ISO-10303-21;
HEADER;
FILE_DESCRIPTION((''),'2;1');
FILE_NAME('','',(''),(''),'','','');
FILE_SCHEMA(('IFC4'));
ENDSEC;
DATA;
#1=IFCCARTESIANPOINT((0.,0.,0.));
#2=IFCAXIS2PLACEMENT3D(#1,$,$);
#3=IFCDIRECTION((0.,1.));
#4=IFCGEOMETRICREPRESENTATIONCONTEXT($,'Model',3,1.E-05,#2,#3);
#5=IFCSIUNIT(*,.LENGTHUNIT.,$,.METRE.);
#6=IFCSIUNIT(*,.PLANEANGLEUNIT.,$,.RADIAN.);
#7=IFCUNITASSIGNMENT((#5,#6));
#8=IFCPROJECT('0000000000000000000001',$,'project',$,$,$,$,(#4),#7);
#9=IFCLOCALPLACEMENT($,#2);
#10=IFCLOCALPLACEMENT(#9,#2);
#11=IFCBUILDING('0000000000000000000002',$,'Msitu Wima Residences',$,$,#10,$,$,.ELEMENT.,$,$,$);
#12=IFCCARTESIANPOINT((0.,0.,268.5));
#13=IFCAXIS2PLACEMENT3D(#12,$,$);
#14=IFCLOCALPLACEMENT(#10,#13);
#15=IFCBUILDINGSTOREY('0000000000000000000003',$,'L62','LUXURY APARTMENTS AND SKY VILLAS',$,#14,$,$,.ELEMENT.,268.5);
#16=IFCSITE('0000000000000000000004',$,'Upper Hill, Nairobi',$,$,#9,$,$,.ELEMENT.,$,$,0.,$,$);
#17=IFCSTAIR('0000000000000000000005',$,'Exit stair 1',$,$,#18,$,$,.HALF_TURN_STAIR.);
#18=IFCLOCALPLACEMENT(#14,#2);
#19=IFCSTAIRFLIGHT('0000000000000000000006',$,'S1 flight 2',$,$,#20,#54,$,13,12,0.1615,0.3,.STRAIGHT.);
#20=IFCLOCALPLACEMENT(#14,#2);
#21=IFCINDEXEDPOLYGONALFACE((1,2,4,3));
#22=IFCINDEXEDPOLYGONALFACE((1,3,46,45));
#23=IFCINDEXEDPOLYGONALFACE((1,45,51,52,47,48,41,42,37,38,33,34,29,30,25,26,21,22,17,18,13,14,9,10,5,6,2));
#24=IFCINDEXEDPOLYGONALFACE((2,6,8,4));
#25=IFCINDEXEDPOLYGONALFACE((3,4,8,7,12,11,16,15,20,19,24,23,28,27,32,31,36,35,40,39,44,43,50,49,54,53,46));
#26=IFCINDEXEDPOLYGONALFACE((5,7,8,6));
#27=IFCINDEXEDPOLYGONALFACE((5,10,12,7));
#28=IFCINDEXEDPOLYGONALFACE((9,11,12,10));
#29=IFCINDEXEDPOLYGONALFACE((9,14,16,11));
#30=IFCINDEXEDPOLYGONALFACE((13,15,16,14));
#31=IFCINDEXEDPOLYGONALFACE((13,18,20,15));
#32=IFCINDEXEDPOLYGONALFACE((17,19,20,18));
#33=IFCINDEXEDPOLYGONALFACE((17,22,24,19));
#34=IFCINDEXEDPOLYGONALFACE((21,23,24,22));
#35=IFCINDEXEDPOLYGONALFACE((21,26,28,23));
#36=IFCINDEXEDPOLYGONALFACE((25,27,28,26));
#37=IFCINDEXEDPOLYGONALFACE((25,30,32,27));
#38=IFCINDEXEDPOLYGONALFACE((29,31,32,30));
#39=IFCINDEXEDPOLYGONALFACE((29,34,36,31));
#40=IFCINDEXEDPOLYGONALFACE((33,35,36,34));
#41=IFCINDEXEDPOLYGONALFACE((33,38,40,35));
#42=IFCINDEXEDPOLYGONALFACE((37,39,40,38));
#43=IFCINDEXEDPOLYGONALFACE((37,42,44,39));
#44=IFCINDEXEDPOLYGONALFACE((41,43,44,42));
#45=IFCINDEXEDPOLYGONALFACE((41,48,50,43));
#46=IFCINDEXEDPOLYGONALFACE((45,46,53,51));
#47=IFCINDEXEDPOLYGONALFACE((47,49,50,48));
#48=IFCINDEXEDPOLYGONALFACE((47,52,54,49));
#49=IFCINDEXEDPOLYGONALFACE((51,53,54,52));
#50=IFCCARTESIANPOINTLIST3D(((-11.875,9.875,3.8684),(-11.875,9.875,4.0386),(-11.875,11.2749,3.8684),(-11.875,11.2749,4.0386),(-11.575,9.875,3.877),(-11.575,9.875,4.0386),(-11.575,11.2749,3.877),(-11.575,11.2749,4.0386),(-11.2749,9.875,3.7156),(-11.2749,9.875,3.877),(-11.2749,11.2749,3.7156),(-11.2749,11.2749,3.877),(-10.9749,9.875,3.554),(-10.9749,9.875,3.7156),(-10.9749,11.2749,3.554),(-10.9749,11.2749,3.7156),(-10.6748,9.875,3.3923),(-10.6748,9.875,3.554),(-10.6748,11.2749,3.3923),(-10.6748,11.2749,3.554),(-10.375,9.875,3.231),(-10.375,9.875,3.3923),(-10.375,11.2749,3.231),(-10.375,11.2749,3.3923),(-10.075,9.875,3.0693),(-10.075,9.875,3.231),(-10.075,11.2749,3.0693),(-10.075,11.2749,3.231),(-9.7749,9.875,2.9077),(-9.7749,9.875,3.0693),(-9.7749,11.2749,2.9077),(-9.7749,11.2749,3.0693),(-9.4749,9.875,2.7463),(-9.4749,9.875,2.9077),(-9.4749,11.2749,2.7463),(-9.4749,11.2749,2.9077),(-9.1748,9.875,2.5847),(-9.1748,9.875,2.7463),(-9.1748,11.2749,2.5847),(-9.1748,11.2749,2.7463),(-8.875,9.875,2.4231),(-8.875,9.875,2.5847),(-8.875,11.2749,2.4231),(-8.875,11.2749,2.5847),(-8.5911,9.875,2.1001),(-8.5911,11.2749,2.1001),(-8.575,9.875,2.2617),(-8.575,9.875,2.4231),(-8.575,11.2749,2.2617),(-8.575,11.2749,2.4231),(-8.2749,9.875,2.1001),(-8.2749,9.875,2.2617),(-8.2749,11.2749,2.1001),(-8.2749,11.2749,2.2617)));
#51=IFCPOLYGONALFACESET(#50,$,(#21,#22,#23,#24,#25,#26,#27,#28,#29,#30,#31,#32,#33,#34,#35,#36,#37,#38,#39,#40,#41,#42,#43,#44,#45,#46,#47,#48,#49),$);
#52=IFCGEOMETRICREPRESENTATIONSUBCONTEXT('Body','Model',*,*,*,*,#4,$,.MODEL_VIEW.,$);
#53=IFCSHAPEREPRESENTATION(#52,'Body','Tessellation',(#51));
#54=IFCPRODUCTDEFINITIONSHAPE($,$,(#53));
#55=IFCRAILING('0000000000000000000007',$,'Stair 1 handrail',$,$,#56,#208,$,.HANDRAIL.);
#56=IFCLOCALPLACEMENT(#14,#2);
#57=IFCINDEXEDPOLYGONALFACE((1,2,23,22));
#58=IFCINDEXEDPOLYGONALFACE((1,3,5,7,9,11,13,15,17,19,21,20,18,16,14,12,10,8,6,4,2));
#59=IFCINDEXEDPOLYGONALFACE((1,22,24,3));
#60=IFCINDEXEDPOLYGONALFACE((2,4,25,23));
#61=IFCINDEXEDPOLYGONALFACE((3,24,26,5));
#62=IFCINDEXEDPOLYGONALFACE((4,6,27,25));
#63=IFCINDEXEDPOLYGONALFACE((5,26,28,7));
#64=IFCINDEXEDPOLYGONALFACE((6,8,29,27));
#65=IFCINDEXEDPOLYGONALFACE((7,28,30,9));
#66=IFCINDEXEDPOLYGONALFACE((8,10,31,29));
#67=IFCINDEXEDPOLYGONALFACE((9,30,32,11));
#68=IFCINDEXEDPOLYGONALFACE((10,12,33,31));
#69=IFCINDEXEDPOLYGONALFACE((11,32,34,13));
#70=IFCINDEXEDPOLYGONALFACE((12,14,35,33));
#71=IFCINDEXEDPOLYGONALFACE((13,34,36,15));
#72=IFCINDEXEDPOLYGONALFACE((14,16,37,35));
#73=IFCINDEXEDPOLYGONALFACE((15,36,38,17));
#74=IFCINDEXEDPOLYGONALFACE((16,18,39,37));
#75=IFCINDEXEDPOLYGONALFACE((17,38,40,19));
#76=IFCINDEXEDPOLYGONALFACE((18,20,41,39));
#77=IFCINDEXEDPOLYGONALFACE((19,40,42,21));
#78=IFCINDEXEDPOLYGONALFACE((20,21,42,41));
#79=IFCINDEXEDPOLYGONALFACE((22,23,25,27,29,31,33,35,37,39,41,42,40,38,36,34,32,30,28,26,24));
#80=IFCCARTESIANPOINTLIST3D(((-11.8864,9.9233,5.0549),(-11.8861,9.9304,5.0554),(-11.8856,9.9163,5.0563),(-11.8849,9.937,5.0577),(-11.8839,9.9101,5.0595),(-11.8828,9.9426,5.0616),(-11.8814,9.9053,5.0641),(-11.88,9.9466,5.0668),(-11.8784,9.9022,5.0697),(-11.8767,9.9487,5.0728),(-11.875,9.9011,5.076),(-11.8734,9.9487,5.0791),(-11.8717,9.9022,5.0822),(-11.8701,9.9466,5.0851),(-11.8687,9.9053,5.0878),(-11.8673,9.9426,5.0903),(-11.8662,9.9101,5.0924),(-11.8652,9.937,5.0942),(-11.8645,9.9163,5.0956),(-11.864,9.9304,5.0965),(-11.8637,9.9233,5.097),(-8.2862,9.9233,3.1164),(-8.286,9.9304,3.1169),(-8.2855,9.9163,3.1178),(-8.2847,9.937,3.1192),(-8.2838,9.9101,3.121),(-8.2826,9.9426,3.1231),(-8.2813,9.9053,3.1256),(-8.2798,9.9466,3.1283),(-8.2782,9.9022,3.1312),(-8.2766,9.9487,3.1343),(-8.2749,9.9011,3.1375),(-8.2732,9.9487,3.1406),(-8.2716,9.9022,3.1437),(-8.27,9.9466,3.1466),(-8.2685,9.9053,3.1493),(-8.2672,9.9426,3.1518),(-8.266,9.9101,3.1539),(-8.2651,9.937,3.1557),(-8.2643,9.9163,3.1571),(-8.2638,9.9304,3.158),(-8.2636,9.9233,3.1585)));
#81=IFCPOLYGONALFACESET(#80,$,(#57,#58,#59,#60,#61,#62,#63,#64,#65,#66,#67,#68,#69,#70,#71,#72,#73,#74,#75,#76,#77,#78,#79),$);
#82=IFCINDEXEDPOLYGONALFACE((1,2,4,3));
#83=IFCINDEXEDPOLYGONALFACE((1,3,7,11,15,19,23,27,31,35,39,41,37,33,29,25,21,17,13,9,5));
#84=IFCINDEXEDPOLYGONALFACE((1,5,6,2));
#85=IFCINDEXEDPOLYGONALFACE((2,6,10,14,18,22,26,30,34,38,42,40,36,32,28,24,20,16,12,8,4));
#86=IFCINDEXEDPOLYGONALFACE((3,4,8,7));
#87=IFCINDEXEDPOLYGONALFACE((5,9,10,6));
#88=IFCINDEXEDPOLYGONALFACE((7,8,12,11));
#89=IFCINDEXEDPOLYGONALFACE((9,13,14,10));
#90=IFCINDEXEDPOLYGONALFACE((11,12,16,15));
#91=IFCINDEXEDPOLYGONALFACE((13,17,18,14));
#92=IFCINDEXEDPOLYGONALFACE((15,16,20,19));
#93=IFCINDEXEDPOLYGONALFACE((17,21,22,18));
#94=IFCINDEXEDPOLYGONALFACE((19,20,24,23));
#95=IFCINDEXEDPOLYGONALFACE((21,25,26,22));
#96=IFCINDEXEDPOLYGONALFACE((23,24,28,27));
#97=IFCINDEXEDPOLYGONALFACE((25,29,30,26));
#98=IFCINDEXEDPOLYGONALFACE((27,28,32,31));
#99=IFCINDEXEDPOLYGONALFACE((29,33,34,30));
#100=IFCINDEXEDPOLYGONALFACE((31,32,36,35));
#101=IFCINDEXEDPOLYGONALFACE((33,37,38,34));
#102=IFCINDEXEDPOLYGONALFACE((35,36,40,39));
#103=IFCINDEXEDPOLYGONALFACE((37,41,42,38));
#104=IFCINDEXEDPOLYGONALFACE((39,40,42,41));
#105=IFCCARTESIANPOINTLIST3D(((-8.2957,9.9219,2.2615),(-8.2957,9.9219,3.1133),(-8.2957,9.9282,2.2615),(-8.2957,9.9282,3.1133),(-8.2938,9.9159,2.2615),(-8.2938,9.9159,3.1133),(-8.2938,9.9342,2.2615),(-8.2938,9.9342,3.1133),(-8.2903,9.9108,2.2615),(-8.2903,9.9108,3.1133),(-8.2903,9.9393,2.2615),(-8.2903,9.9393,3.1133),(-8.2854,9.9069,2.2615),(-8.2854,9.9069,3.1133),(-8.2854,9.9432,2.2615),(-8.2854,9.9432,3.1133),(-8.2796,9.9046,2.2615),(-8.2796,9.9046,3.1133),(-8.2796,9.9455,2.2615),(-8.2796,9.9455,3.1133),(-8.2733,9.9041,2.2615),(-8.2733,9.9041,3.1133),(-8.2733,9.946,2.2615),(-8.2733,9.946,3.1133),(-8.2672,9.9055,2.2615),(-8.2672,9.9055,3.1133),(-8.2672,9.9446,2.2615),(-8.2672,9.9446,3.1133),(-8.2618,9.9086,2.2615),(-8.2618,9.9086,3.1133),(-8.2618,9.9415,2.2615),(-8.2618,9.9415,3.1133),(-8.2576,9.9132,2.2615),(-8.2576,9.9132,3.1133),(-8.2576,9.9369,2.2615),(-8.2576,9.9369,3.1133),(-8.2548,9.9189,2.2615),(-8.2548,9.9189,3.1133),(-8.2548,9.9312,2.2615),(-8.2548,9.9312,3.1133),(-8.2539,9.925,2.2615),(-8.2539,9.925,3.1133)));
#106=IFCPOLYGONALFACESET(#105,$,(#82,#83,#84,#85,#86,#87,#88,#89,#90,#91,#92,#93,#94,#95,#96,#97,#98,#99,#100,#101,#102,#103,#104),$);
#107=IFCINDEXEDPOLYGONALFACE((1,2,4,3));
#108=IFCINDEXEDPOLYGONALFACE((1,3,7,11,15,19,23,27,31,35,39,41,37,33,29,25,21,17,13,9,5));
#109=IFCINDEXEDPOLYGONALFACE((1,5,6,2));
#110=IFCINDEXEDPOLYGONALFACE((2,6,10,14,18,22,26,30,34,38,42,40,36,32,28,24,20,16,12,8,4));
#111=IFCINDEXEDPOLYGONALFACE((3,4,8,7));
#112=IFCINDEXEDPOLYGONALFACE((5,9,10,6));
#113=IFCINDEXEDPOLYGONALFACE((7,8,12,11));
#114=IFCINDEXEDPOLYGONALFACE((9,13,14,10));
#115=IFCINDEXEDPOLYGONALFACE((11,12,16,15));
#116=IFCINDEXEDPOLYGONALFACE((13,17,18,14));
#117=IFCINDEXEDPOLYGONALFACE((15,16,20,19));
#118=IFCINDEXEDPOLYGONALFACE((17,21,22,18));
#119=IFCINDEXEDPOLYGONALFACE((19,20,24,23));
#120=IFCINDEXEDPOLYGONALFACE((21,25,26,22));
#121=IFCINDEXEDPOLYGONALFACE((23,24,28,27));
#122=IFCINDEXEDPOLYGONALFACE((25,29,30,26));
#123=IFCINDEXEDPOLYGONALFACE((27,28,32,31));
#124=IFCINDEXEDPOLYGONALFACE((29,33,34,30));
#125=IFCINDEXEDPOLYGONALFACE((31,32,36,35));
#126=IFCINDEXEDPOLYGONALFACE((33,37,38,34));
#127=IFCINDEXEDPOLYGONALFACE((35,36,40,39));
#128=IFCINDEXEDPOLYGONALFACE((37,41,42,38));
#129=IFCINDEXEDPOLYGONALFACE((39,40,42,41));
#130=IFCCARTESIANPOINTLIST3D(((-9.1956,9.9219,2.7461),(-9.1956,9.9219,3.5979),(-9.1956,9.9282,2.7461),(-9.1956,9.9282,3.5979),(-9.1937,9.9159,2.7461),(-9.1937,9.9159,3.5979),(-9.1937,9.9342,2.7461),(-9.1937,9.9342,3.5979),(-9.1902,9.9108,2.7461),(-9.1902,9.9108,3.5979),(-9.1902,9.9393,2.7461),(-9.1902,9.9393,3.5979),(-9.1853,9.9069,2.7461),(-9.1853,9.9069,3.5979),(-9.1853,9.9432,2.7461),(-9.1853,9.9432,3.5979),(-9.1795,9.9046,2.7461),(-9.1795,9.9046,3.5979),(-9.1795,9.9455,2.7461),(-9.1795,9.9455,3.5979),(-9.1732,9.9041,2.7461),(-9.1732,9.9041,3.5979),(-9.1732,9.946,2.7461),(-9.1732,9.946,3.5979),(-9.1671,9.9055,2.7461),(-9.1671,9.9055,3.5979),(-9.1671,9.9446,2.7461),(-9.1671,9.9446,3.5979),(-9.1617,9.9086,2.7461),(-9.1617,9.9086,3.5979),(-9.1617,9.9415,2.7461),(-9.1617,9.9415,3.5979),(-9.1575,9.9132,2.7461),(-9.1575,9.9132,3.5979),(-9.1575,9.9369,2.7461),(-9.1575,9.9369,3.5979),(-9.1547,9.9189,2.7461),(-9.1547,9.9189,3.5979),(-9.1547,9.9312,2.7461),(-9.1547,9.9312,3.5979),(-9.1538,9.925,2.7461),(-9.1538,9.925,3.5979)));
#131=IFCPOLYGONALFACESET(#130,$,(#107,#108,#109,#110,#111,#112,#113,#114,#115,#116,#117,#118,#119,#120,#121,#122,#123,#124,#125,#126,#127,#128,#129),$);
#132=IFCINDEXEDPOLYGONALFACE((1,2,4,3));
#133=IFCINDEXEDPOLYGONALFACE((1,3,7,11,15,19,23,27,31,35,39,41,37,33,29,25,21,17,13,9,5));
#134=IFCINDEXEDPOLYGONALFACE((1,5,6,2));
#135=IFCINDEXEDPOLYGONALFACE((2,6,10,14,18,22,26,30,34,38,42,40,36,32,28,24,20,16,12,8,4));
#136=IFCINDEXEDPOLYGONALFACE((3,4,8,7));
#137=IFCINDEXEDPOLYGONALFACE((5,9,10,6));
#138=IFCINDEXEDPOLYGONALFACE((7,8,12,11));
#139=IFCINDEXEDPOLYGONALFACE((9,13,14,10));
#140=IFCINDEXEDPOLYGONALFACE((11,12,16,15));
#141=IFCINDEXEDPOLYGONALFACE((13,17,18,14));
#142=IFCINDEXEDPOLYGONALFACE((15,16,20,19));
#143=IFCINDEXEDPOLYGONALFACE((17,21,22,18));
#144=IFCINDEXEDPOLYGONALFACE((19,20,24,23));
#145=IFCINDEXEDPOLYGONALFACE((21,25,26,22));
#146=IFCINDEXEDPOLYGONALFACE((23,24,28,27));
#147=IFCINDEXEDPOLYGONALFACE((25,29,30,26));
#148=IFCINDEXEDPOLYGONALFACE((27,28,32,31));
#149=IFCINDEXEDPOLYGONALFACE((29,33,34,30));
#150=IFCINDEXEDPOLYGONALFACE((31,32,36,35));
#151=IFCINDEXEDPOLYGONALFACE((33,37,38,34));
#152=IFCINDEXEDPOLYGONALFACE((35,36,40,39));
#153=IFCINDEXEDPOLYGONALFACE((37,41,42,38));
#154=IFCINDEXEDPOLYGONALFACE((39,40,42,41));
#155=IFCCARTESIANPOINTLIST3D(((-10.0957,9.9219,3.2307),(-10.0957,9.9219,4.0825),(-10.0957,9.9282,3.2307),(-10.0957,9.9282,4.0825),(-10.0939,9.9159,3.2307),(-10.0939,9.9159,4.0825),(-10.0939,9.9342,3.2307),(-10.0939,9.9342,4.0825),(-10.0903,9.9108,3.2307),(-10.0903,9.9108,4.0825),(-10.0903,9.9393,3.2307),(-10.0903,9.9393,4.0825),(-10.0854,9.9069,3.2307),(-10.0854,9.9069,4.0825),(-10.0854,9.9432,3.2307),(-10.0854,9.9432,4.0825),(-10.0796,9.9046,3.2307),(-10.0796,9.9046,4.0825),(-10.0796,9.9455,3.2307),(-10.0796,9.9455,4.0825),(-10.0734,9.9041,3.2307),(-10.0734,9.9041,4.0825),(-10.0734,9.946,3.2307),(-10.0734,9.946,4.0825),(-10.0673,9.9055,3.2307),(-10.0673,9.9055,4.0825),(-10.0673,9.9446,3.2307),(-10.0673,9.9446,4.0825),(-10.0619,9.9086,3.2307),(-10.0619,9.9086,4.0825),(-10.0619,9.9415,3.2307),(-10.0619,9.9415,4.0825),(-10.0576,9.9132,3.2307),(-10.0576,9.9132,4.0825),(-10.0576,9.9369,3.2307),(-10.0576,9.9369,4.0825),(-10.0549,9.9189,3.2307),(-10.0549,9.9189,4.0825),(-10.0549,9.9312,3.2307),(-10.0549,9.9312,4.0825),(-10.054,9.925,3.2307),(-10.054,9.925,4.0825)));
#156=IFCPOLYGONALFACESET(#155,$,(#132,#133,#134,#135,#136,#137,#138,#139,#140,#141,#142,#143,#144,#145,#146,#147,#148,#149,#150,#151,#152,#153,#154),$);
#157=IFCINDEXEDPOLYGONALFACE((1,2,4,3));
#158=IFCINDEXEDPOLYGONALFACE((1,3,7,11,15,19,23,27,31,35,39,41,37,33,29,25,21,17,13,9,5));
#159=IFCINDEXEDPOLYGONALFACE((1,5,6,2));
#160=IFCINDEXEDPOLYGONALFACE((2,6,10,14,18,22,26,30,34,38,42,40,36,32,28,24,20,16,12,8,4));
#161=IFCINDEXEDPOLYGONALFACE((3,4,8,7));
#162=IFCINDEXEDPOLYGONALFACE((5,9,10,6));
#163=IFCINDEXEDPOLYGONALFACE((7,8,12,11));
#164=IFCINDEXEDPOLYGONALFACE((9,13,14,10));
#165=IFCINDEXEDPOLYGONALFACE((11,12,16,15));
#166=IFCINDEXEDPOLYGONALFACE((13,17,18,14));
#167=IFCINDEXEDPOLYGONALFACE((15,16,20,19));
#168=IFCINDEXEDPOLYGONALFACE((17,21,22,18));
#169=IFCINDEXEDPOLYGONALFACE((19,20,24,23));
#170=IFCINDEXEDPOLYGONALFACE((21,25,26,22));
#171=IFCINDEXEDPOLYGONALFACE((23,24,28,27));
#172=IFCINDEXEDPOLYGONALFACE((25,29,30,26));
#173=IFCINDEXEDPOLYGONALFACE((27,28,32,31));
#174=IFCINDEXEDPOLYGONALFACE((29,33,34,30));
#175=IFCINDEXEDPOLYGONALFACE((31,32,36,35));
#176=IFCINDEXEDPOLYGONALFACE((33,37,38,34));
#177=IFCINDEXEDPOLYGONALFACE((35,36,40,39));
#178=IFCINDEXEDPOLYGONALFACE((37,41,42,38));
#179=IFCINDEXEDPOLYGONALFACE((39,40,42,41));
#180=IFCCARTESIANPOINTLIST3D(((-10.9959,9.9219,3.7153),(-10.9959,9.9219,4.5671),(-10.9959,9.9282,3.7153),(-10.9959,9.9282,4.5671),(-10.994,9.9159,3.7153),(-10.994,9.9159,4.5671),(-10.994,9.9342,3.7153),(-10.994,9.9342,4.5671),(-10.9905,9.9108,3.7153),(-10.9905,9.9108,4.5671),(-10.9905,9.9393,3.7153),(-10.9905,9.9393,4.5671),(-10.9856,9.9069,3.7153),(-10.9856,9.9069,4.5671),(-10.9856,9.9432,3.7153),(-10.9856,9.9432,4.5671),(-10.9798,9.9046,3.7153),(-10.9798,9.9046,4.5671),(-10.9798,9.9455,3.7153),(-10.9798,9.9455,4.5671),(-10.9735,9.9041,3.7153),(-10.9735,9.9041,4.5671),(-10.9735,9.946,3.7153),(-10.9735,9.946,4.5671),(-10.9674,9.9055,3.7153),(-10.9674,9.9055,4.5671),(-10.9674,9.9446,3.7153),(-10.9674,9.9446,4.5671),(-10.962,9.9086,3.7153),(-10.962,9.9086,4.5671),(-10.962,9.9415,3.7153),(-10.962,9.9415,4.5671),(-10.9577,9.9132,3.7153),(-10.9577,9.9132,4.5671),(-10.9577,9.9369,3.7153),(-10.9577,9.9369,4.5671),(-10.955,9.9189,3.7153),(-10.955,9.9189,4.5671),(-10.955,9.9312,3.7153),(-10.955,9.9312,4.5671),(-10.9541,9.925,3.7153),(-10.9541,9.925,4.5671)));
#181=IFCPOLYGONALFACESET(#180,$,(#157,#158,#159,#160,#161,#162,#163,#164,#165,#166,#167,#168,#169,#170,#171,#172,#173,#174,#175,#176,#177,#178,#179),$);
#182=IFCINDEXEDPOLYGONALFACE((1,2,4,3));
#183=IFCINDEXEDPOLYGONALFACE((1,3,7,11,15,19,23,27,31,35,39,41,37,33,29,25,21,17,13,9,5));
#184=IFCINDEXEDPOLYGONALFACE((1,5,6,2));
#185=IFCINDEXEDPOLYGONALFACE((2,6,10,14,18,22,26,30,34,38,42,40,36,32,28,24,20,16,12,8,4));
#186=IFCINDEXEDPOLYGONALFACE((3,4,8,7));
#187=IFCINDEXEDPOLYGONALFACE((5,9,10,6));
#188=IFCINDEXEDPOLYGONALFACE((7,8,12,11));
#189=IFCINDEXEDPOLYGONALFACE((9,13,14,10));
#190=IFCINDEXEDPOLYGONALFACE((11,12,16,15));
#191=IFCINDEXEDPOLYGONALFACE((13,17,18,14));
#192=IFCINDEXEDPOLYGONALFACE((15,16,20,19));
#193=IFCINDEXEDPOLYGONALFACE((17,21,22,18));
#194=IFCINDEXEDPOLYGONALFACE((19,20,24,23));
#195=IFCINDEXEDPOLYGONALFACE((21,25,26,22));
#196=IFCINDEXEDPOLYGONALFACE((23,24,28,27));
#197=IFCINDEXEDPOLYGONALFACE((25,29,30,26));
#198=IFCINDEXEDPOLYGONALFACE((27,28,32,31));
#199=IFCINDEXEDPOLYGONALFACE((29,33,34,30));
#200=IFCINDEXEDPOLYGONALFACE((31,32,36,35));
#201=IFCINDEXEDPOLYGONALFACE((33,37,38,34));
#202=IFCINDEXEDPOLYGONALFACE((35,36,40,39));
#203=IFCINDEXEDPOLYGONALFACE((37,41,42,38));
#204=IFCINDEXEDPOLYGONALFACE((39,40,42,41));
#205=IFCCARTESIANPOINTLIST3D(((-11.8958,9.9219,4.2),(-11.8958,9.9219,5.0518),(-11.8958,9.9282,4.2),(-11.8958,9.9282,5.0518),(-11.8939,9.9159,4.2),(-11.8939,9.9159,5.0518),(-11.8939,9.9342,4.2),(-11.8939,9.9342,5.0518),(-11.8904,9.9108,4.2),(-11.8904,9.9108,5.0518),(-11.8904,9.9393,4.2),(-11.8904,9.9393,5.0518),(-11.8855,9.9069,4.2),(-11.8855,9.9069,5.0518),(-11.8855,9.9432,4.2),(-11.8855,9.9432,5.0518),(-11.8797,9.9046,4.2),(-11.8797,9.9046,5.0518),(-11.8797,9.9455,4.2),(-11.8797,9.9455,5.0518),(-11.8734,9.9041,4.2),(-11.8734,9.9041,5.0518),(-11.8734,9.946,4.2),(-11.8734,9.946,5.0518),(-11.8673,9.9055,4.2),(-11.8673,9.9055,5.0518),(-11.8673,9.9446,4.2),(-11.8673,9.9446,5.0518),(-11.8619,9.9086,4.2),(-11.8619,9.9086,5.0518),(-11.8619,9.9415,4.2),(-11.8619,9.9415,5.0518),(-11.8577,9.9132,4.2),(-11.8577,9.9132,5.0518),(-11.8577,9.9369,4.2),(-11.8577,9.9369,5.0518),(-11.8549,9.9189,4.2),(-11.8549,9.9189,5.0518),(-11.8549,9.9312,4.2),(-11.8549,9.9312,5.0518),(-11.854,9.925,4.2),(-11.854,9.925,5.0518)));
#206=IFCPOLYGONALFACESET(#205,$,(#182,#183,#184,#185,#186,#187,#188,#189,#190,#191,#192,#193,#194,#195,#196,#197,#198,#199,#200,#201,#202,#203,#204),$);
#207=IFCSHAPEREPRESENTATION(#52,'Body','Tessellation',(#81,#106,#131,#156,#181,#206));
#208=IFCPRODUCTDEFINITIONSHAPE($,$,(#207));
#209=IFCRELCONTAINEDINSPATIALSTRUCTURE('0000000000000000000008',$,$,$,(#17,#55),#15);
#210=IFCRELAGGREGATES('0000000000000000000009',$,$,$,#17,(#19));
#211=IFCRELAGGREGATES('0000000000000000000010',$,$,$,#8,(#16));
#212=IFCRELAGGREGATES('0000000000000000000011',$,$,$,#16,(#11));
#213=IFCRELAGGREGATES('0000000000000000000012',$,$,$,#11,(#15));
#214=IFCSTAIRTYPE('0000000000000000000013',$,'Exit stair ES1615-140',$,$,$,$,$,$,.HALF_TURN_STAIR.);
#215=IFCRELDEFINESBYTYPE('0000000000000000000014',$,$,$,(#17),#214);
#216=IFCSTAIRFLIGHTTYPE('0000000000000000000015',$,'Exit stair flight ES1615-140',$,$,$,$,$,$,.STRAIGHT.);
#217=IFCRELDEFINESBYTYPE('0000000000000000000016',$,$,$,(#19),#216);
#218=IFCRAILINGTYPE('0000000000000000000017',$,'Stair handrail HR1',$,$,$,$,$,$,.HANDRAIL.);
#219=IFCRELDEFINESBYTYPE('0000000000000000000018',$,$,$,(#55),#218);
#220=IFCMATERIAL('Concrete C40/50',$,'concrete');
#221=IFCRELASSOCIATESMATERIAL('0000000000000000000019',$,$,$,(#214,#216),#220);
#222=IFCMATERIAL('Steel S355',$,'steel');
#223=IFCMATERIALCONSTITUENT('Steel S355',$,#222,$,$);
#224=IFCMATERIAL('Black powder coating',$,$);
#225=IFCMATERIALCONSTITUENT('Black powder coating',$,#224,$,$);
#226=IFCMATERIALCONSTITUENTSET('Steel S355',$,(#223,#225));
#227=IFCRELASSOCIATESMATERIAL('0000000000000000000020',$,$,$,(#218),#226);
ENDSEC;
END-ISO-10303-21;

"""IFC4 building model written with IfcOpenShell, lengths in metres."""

from ifc_helpers import new_model, si_unit, direction, frame, origin, origin_2d, place, context, subcontext, project, spatial, polyline, circle, outline, extrude, material, constituent, constituent_set, type_object, element, aggregate, save


model = new_model("IFC4")

# Units and contexts
model_context = context("Model", 3, precision=1e-05, world=origin(), true_north=direction((0.0, 1.0)))
body_context = subcontext(model_context, "Body", "Model", "MODEL_VIEW")
ifc_project = project(units=[si_unit("LENGTHUNIT", "METRE"), si_unit("PLANEANGLEUNIT", "RADIAN")], contexts=[model_context])

# Site, building, storey
site_placement = place(None, origin())
site = spatial("IfcSite", under=ifc_project, at=site_placement, Name="Upper Hill, Nairobi", CompositionType="ELEMENT", RefElevation=0.0)
building_placement = place(site_placement, origin())
building = spatial("IfcBuilding", under=site, at=building_placement, Name="Msitu Wima Residences", CompositionType="ELEMENT")
storey_placement = place(building_placement, frame((0.0, 0.0, 268.5)))
storey = spatial("IfcBuildingStorey", under=building, at=storey_placement, Name="L62", Description="LUXURY APARTMENTS AND SKY VILLAS", CompositionType="ELEMENT", Elevation=268.5)

# Shared definitions
ifc_material_1 = material(Name="Concrete C40/50", Category="concrete")

# Stair, stair flight
stair_type = type_object("IfcStairType", Name="Exit stair ES1615-140", PredefinedType="HALF_TURN_STAIR", material=ifc_material_1)
stair_placement = place(storey_placement, origin())
stair = element("IfcStair", 1, at=stair_placement, inside=storey, type_object=stair_type, Name="Exit stair 1", PredefinedType="HALF_TURN_STAIR")
stair_flight_type = type_object("IfcStairFlightType", Name="Exit stair flight ES1615-140", PredefinedType="STRAIGHT", material=ifc_material_1)
stair_flight_placement = place(storey_placement, frame((-8.2749, 10.575, 2.1001), z_axis=(0.0, 0.0, 1.0), x_axis=(-1.0, 0.0, 0.0)))
stair_flight = element("IfcStairFlight", 2, at=stair_flight_placement, type_object=stair_flight_type, Name="S1 flight 2", NumberOfRisers=13, NumberOfTreads=12, PredefinedType="STRAIGHT", RiserHeight=0.1615, TreadLength=0.3, context=body_context, shape_type="SweptSolid", body=[
    extrude(outline(polyline([(0.0, 0.0), (0.0, 0.1616), (0.3, 0.1616), (0.3, 0.323), (0.6001, 0.323), (0.6001, 0.4846), (0.8999, 0.4846), (0.8999, 0.6462), (1.2, 0.6462), (1.2, 0.8076), (1.5, 0.8076), (1.5, 0.9692), (1.8, 0.9692), (1.8, 1.1309), (2.1001, 1.1309), (2.1001, 1.2922), (2.3999, 1.2922), (2.3999, 1.4539), (2.7, 1.4539), (2.7, 1.6155), (3.0, 1.6155), (3.0, 1.7769), (3.3, 1.7769), (3.3, 1.9385), (3.6001, 1.9385), (3.6001, 2.1001), (3.6001, 1.7683), (0.3162, 0.0), (0.0, 0.0)])), frame((0.0, 0.7, 0.0), z_axis=(0.0, -1.0, 0.0), x_axis=(1.0, 0.0, 0.0)), (0.0, 0.0, 1.0), 1.3999),
])
aggregate(stair, [stair_flight])

# Railing
ifc_material_2 = material(Name="Steel S355", Category="steel")
ifc_constituent_1 = constituent(ifc_material_2, Name="Steel S355")
ifc_material_3 = material(Name="Black powder coating")
ifc_constituent_2 = constituent(ifc_material_3, Name="Black powder coating")
ifc_constituent_set = constituent_set(constituents=[ifc_constituent_1, ifc_constituent_2], Name="Steel S355")
railing_type = type_object("IfcRailingType", Name="Stair handrail HR1", PredefinedType="HANDRAIL", material=ifc_constituent_set)
for number, where, name in (
    (3, (-8.2749, 9.925, 2.2615), "Stair 1 handrail"),
):
    element("IfcRailing", number, at=place(storey_placement, frame(where)), inside=storey, type_object=railing_type, Name=name, PredefinedType="HANDRAIL", context=body_context, shape_type="SweptSolid", body=[
        extrude(circle(Radius=0.0239, at=origin_2d()), frame((0.0, 0.0, 0.876), z_axis=(-0.880475, 0.0, 0.474093), x_axis=(0.0, -1.0, 0.0)), (0.0, 0.0, 1.0), 4.0889),
        extrude(circle(Radius=0.021, at=origin_2d()), origin(), (0.0, 0.0, 1.0), 0.8518),
        extrude(circle(Radius=0.021, at=origin_2d()), frame((-0.8999, 0.0, 0.4846)), (0.0, 0.0, 1.0), 0.8518),
        extrude(circle(Radius=0.021, at=origin_2d()), frame((-1.8, 0.0, 0.9692)), (0.0, 0.0, 1.0), 0.8518),
        extrude(circle(Radius=0.021, at=origin_2d()), frame((-2.7002, 0.0, 1.4539)), (0.0, 0.0, 1.0), 0.8518),
        extrude(circle(Radius=0.021, at=origin_2d()), frame((-3.6001, 0.0, 1.9385)), (0.0, 0.0, 1.0), 0.8518),
    ])

save(model, "model.ifc")
